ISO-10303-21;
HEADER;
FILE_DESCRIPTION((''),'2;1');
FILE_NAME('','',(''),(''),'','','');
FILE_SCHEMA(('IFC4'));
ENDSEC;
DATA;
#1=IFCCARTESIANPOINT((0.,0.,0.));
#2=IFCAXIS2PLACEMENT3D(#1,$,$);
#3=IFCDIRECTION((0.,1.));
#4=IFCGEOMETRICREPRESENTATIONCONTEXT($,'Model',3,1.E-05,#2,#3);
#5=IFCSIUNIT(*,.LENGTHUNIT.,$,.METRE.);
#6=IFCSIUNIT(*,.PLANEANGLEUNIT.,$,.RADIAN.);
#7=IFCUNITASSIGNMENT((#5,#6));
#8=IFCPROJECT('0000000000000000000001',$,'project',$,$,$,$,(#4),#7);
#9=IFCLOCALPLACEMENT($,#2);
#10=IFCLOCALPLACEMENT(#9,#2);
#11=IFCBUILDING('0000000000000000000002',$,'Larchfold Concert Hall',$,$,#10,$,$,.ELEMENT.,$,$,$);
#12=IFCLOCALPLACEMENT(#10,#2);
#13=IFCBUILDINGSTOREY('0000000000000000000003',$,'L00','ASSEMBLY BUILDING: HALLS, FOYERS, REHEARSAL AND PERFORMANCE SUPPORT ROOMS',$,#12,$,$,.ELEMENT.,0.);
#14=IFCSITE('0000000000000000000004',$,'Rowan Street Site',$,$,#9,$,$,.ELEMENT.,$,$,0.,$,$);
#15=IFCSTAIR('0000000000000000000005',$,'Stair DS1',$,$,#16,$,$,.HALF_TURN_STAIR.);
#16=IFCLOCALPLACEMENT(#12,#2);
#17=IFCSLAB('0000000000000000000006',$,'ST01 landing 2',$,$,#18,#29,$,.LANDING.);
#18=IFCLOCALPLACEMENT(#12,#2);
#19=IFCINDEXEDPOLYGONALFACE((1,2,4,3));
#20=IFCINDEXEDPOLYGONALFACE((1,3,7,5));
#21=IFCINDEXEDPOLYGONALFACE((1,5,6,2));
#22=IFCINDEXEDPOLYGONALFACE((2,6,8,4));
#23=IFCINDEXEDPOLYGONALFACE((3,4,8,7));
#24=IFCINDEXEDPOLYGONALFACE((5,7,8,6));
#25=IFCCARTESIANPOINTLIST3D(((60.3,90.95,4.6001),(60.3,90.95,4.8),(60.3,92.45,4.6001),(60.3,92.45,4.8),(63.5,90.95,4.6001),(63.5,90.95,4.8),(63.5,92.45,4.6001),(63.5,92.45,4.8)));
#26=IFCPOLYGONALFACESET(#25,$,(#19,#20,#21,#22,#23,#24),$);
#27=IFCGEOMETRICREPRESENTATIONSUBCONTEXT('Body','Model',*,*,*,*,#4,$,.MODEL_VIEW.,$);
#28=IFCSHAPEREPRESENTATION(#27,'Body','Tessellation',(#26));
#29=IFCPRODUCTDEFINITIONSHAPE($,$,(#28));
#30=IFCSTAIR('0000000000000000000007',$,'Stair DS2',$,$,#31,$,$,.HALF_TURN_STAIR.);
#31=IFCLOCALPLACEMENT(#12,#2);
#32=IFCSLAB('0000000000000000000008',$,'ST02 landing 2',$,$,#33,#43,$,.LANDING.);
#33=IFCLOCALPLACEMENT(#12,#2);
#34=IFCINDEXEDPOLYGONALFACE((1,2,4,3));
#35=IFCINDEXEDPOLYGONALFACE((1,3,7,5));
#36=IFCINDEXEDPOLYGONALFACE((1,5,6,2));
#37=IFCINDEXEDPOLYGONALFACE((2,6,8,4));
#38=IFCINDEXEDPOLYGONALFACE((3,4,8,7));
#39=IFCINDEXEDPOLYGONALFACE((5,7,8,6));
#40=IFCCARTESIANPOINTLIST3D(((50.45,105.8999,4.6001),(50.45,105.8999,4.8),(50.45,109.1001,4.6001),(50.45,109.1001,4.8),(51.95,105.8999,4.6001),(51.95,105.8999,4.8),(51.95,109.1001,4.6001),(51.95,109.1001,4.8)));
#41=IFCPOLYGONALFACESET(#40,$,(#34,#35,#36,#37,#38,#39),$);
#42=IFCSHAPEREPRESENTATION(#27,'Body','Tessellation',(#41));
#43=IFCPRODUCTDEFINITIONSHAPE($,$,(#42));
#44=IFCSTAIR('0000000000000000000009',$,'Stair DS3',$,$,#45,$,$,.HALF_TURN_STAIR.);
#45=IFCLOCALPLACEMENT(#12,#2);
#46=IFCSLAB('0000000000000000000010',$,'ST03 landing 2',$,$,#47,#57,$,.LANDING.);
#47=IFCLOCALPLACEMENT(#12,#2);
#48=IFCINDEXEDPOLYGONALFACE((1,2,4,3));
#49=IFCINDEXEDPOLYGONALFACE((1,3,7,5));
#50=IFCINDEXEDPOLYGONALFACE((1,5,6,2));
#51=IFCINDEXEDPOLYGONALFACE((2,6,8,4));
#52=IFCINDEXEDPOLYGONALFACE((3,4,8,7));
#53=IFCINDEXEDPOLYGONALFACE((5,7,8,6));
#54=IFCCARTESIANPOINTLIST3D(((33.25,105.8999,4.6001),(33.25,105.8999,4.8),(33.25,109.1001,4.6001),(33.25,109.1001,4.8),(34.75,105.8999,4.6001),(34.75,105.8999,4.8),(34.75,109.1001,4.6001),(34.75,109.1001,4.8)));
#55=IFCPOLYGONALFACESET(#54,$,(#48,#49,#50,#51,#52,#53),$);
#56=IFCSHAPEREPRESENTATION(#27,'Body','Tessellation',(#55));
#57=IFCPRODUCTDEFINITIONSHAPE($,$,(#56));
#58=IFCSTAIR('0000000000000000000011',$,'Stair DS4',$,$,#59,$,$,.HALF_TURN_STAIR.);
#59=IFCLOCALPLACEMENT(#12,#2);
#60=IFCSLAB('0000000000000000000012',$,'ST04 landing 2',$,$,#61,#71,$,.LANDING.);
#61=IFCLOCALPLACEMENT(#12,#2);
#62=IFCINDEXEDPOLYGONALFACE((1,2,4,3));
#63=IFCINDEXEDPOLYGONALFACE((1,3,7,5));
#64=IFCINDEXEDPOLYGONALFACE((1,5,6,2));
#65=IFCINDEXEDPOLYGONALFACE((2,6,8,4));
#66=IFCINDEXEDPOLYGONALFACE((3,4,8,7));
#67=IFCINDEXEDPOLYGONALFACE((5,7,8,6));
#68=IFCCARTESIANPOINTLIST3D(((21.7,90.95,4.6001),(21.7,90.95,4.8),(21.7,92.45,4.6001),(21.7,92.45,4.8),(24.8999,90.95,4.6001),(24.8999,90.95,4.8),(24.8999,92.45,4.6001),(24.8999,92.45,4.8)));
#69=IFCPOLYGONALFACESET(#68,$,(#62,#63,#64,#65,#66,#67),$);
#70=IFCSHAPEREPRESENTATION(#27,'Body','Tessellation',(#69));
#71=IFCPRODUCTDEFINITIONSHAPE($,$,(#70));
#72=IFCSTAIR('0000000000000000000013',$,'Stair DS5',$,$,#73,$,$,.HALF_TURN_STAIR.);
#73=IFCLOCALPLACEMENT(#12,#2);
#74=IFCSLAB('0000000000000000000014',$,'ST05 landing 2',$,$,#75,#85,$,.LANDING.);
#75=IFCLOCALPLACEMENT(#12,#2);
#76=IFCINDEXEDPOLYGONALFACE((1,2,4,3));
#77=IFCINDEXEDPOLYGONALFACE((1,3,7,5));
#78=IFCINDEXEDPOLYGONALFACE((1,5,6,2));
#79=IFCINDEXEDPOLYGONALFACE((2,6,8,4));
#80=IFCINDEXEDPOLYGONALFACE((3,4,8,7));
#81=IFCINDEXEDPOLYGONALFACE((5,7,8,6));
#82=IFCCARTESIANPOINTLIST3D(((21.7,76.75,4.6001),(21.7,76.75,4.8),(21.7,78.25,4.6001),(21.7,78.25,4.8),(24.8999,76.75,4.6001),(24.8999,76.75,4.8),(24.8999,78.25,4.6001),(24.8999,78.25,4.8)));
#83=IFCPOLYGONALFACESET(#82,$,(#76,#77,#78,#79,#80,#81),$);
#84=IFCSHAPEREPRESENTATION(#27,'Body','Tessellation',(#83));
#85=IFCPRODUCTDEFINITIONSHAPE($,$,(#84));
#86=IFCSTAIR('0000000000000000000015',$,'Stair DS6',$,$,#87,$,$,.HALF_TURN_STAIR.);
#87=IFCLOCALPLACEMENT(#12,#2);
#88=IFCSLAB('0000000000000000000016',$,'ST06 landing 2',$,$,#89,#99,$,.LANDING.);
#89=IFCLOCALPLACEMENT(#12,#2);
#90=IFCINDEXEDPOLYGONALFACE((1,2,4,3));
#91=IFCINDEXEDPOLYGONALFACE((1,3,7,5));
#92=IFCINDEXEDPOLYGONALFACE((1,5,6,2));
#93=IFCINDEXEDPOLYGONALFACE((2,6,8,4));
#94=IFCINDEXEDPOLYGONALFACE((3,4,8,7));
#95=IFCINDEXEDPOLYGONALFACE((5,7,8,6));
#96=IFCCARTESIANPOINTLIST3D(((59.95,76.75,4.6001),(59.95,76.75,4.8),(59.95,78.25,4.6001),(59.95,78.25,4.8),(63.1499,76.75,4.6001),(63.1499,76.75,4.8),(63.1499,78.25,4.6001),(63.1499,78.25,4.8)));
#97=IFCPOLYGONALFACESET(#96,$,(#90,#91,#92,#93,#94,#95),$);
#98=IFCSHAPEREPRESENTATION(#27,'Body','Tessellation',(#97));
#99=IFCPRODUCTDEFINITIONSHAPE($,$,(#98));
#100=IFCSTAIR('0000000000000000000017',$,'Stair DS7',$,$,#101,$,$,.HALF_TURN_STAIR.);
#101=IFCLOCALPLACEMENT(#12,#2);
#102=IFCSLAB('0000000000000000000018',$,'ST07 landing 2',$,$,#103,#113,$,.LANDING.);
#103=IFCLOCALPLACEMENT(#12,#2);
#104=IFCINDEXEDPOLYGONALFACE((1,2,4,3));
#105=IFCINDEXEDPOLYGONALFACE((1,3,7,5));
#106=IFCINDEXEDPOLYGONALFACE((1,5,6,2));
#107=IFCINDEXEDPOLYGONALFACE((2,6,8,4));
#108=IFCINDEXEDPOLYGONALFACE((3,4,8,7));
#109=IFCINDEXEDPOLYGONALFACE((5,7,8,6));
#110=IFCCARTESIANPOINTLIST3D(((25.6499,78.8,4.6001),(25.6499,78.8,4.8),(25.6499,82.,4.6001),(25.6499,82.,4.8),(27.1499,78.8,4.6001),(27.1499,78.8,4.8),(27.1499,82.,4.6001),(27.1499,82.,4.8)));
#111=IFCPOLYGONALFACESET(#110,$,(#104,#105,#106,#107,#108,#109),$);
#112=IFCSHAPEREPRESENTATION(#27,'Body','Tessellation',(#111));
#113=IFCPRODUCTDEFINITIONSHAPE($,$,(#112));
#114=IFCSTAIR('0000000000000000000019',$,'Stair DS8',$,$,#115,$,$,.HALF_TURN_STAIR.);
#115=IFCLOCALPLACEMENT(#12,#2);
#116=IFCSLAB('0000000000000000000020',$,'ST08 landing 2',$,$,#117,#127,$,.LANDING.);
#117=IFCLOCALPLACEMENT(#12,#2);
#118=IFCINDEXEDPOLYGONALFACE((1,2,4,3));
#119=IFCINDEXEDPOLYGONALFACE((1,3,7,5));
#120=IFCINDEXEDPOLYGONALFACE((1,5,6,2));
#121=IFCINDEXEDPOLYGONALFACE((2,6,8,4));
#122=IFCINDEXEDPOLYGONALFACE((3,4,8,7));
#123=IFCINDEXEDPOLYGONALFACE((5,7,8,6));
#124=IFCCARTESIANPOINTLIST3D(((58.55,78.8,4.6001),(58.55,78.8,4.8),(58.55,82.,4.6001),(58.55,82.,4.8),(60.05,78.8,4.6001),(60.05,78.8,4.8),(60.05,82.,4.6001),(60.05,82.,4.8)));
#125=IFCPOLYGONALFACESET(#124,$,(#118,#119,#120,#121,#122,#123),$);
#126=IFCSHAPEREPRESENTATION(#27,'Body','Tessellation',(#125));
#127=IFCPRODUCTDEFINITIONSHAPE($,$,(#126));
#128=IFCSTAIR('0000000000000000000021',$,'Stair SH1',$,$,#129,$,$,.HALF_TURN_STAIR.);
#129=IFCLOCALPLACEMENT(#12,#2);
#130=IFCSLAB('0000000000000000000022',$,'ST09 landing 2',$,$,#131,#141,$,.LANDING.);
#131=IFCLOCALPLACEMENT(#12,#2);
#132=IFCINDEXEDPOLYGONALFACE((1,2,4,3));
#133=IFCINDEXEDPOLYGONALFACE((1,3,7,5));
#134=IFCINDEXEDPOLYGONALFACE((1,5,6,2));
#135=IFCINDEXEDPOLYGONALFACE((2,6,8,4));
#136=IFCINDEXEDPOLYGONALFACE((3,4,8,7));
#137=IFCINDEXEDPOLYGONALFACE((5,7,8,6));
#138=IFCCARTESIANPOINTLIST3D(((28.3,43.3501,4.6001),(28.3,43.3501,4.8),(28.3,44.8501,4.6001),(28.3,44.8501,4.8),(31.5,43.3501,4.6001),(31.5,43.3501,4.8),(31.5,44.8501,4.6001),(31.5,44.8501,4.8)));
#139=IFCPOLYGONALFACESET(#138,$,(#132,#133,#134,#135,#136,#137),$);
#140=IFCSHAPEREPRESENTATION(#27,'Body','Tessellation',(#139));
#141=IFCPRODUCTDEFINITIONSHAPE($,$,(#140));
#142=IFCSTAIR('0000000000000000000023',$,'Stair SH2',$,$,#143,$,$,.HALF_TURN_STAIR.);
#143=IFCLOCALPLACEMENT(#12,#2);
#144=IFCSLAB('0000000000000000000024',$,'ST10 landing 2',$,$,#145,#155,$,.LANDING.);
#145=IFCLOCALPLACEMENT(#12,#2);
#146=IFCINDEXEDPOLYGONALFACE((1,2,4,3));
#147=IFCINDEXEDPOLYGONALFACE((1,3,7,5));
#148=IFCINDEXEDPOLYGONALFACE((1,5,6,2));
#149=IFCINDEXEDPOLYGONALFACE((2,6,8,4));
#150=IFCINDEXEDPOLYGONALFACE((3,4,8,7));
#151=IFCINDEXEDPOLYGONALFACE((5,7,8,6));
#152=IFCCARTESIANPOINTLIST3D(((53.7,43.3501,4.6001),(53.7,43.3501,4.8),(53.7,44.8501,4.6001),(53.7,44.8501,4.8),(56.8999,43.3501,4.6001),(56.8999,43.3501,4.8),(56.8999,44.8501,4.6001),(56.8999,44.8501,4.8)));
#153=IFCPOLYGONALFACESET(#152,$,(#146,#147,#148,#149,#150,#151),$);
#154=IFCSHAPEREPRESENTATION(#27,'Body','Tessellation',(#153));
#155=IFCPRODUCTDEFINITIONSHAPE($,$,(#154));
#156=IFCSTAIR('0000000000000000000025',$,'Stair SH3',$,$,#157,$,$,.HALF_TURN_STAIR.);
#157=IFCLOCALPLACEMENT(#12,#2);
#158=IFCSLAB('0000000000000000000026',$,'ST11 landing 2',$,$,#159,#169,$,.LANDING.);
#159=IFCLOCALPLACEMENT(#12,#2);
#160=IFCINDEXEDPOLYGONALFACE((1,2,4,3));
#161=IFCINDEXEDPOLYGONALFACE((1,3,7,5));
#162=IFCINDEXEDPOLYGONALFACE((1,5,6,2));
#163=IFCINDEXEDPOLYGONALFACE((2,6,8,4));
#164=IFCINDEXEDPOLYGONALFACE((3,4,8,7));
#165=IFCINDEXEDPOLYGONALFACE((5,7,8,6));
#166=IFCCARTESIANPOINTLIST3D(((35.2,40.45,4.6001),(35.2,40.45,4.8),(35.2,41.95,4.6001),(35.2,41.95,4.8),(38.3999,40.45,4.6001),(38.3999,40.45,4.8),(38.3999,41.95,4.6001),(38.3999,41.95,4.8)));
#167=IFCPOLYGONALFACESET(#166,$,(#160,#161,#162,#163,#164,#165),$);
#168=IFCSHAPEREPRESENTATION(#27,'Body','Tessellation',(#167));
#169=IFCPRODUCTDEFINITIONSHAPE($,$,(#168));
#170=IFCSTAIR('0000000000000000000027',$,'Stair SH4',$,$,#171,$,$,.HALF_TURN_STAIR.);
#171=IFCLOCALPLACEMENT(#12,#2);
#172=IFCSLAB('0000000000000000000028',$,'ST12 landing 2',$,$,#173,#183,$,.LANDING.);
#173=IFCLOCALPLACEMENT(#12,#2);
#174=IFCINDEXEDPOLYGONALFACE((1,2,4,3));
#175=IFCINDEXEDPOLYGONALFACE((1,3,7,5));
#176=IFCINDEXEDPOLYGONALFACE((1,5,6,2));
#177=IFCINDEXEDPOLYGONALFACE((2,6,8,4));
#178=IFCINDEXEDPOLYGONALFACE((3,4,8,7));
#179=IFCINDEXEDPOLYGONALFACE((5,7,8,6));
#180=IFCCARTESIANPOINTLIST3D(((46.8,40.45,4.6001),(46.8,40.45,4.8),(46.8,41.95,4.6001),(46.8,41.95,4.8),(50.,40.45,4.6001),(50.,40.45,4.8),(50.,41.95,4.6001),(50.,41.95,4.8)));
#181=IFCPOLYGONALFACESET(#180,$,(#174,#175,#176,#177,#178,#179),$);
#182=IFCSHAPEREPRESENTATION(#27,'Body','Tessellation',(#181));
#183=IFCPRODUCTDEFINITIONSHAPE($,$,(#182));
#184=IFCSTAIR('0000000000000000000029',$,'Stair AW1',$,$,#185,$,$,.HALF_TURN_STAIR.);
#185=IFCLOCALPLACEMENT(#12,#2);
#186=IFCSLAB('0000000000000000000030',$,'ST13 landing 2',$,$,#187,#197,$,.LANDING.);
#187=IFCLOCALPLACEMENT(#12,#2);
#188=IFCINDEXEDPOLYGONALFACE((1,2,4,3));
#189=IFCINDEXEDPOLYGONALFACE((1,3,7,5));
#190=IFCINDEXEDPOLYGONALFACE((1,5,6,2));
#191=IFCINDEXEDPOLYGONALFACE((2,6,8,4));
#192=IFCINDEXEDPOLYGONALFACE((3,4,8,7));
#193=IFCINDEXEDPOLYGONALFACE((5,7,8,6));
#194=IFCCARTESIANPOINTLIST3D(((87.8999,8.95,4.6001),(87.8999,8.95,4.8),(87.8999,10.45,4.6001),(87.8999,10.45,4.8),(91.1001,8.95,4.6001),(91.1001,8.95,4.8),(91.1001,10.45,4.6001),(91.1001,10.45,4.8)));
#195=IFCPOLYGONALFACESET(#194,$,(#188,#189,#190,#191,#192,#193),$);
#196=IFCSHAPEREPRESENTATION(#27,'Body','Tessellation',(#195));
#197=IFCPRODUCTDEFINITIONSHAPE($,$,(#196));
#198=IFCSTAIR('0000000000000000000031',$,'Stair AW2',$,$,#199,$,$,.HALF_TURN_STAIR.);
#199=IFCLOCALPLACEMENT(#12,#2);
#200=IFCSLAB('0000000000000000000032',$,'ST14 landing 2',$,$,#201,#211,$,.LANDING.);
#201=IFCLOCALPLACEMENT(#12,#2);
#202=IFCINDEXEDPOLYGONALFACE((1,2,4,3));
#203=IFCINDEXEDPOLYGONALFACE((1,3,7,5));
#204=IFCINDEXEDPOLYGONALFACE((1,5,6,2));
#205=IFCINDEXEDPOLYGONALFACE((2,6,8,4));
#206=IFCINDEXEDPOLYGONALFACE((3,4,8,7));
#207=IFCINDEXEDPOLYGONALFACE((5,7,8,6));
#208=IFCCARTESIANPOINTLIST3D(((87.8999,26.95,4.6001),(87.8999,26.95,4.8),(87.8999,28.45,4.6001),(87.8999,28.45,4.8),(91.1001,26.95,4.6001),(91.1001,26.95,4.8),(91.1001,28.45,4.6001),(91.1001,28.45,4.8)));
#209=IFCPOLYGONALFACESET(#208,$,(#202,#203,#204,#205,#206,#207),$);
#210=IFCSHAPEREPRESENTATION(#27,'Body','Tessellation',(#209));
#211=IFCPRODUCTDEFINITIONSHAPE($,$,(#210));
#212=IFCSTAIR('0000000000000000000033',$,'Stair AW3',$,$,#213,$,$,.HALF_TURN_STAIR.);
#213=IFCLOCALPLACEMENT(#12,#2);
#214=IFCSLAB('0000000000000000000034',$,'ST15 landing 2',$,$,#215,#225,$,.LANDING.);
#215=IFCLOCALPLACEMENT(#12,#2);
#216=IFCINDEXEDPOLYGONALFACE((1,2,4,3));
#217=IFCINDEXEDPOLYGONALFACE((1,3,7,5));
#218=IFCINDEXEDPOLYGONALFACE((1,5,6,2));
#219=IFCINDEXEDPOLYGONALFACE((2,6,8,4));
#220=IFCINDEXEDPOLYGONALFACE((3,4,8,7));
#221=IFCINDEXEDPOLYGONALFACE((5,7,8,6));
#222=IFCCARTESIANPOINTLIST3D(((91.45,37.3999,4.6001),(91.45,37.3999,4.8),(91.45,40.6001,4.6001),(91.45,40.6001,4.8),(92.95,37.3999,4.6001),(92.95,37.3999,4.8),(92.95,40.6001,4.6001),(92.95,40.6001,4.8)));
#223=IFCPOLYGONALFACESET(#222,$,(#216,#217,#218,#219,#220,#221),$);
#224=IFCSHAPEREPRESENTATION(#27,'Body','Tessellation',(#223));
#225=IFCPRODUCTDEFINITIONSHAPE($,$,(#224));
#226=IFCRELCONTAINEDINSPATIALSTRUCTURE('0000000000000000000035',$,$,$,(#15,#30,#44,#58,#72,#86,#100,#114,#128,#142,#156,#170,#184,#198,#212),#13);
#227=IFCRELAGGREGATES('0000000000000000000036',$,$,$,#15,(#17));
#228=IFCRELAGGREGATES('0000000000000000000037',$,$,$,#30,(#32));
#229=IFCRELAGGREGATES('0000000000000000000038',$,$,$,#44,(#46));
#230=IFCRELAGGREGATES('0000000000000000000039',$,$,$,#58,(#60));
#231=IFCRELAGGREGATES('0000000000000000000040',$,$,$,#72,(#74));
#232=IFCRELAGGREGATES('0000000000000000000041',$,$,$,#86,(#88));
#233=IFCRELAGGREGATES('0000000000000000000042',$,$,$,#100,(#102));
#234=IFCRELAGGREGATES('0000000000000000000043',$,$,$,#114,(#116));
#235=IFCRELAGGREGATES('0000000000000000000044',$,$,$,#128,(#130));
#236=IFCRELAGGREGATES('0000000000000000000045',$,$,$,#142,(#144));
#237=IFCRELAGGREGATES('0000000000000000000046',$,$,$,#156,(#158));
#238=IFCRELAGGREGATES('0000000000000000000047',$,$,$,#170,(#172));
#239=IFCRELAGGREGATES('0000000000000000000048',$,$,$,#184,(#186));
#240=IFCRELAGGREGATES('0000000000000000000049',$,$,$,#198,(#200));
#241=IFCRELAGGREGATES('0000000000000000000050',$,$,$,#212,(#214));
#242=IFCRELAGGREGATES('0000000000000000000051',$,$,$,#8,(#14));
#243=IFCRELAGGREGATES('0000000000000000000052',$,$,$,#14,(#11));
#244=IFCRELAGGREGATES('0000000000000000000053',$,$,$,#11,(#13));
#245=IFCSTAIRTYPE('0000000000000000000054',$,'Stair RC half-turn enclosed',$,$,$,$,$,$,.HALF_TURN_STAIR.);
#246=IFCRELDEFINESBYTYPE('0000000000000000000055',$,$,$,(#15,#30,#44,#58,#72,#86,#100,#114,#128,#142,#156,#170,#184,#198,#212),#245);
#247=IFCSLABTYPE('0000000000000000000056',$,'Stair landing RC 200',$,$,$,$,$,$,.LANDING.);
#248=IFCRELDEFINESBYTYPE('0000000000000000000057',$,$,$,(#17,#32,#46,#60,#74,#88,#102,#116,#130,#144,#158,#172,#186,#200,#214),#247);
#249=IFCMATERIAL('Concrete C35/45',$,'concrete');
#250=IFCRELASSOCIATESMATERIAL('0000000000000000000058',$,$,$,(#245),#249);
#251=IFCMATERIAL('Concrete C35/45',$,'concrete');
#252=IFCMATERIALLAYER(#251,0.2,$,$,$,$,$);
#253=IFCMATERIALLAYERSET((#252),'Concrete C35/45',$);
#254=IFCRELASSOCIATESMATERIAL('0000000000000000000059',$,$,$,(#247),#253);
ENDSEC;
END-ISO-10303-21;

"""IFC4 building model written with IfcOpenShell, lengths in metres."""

from ifc_helpers import new_model, si_unit, direction, frame, origin, place, context, subcontext, project, spatial, polyline, outline, extrude, material, layer, layer_set, type_object, element, aggregate, save


model = new_model("IFC4")

# Units and contexts
model_context = context("Model", 3, precision=1e-05, world=origin(), true_north=direction((0.0, 1.0)))
body_context = subcontext(model_context, "Body", "Model", "MODEL_VIEW")
ifc_project = project(units=[si_unit("LENGTHUNIT", "METRE"), si_unit("PLANEANGLEUNIT", "RADIAN")], contexts=[model_context])

# Site, building, storey
site_placement = place(None, origin())
site = spatial("IfcSite", under=ifc_project, at=site_placement, Name="Rowan Street Site", CompositionType="ELEMENT", RefElevation=0.0)
building_placement = place(site_placement, origin())
building = spatial("IfcBuilding", under=site, at=building_placement, Name="Larchfold Concert Hall", CompositionType="ELEMENT")
storey_placement = place(building_placement, origin())
storey = spatial("IfcBuildingStorey", under=building, at=storey_placement, Name="L00", Description="ASSEMBLY BUILDING: HALLS, FOYERS, REHEARSAL AND PERFORMANCE SUPPORT ROOMS", CompositionType="ELEMENT", Elevation=0.0)

# Stairs, slabs
ifc_material_1 = material(Name="Concrete C35/45", Category="concrete")
stair_type_1 = type_object("IfcStairType", Name="Stair RC half-turn enclosed", PredefinedType="HALF_TURN_STAIR", material=ifc_material_1)
stair_1_placement = place(storey_placement, origin())
stair_1 = element("IfcStair", 1, at=stair_1_placement, inside=storey, type_object=stair_type_1, Name="Stair DS1", PredefinedType="HALF_TURN_STAIR")
ifc_material_2 = material(Name="Concrete C35/45", Category="concrete")
ifc_layer_1 = layer(ifc_material_2, 0.2)
ifc_layer_set_1 = layer_set([ifc_layer_1], Name="Concrete C35/45")
slab_type = type_object("IfcSlabType", Name="Stair landing RC 200", PredefinedType="LANDING", material=ifc_layer_set_1)
slab_1_placement = place(storey_placement, frame((0.0, 0.0, 4.6001)))
slab_1 = element("IfcSlab", 2, at=slab_1_placement, type_object=slab_type, Name="ST01 landing 2", PredefinedType="LANDING", context=body_context, shape_type="SweptSolid", body=[
    extrude(outline(polyline([(63.5, 90.95), (63.5, 92.45), (60.3, 92.45), (60.3, 90.95), (63.5, 90.95)])), origin(), (0.0, 0.0, 1.0), 0.2),
])
aggregate(stair_1, [slab_1])
stair_2_placement = place(storey_placement, origin())
stair_2 = element("IfcStair", 3, at=stair_2_placement, inside=storey, type_object=stair_type_1, Name="Stair DS2", PredefinedType="HALF_TURN_STAIR")
slab_2_placement = place(storey_placement, frame((0.0, 0.0, 4.6001)))
slab_2 = element("IfcSlab", 4, at=slab_2_placement, type_object=slab_type, Name="ST02 landing 2", PredefinedType="LANDING", context=body_context, shape_type="SweptSolid", body=[
    extrude(outline(polyline([(50.45, 105.8999), (51.95, 105.8999), (51.95, 109.1001), (50.45, 109.1001), (50.45, 105.8999)])), origin(), (0.0, 0.0, 1.0), 0.2),
])
aggregate(stair_2, [slab_2])
stair_3_placement = place(storey_placement, origin())
stair_3 = element("IfcStair", 5, at=stair_3_placement, inside=storey, type_object=stair_type_1, Name="Stair DS3", PredefinedType="HALF_TURN_STAIR")
slab_3_placement = place(storey_placement, frame((0.0, 0.0, 4.6001)))
slab_3 = element("IfcSlab", 6, at=slab_3_placement, type_object=slab_type, Name="ST03 landing 2", PredefinedType="LANDING", context=body_context, shape_type="SweptSolid", body=[
    extrude(outline(polyline([(34.75, 109.1001), (33.25, 109.1001), (33.25, 105.8999), (34.75, 105.8999), (34.75, 109.1001)])), origin(), (0.0, 0.0, 1.0), 0.2),
])
aggregate(stair_3, [slab_3])
stair_4_placement = place(storey_placement, origin())
stair_4 = element("IfcStair", 7, at=stair_4_placement, inside=storey, type_object=stair_type_1, Name="Stair DS4", PredefinedType="HALF_TURN_STAIR")
slab_4_placement = place(storey_placement, frame((0.0, 0.0, 4.6001)))
slab_4 = element("IfcSlab", 8, at=slab_4_placement, type_object=slab_type, Name="ST04 landing 2", PredefinedType="LANDING", context=body_context, shape_type="SweptSolid", body=[
    extrude(outline(polyline([(24.8999, 90.95), (24.8999, 92.45), (21.7, 92.45), (21.7, 90.95), (24.8999, 90.95)])), origin(), (0.0, 0.0, 1.0), 0.2),
])
aggregate(stair_4, [slab_4])
stair_5_placement = place(storey_placement, origin())
stair_5 = element("IfcStair", 9, at=stair_5_placement, inside=storey, type_object=stair_type_1, Name="Stair DS5", PredefinedType="HALF_TURN_STAIR")
slab_5_placement = place(storey_placement, frame((0.0, 0.0, 4.6001)))
slab_5 = element("IfcSlab", 10, at=slab_5_placement, type_object=slab_type, Name="ST05 landing 2", PredefinedType="LANDING", context=body_context, shape_type="SweptSolid", body=[
    extrude(outline(polyline([(21.7, 78.25), (21.7, 76.75), (24.8999, 76.75), (24.8999, 78.25), (21.7, 78.25)])), origin(), (0.0, 0.0, 1.0), 0.2),
])
aggregate(stair_5, [slab_5])
stair_6_placement = place(storey_placement, origin())
stair_6 = element("IfcStair", 11, at=stair_6_placement, inside=storey, type_object=stair_type_1, Name="Stair DS6", PredefinedType="HALF_TURN_STAIR")
slab_6_placement = place(storey_placement, frame((0.0, 0.0, 4.6001)))
slab_6 = element("IfcSlab", 12, at=slab_6_placement, type_object=slab_type, Name="ST06 landing 2", PredefinedType="LANDING", context=body_context, shape_type="SweptSolid", body=[
    extrude(outline(polyline([(59.95, 78.25), (59.95, 76.75), (63.1499, 76.75), (63.1499, 78.25), (59.95, 78.25)])), origin(), (0.0, 0.0, 1.0), 0.2),
])
aggregate(stair_6, [slab_6])
stair_7_placement = place(storey_placement, origin())
stair_7 = element("IfcStair", 13, at=stair_7_placement, inside=storey, type_object=stair_type_1, Name="Stair DS7", PredefinedType="HALF_TURN_STAIR")
slab_7_placement = place(storey_placement, frame((0.0, 0.0, 4.6001)))
slab_7 = element("IfcSlab", 14, at=slab_7_placement, type_object=slab_type, Name="ST07 landing 2", PredefinedType="LANDING", context=body_context, shape_type="SweptSolid", body=[
    extrude(outline(polyline([(27.1499, 82.0), (25.6499, 82.0), (25.6499, 78.8), (27.1499, 78.8), (27.1499, 82.0)])), origin(), (0.0, 0.0, 1.0), 0.2),
])
aggregate(stair_7, [slab_7])
stair_8_placement = place(storey_placement, origin())
stair_8 = element("IfcStair", 15, at=stair_8_placement, inside=storey, type_object=stair_type_1, Name="Stair DS8", PredefinedType="HALF_TURN_STAIR")
slab_8_placement = place(storey_placement, frame((0.0, 0.0, 4.6001)))
slab_8 = element("IfcSlab", 16, at=slab_8_placement, type_object=slab_type, Name="ST08 landing 2", PredefinedType="LANDING", context=body_context, shape_type="SweptSolid", body=[
    extrude(outline(polyline([(58.55, 78.8), (60.05, 78.8), (60.05, 82.0), (58.55, 82.0), (58.55, 78.8)])), origin(), (0.0, 0.0, 1.0), 0.2),
])
aggregate(stair_8, [slab_8])
stair_9_placement = place(storey_placement, origin())
stair_9 = element("IfcStair", 17, at=stair_9_placement, inside=storey, type_object=stair_type_1, Name="Stair SH1", PredefinedType="HALF_TURN_STAIR")
slab_9_placement = place(storey_placement, frame((0.0, 0.0, 4.6001)))
slab_9 = element("IfcSlab", 18, at=slab_9_placement, type_object=slab_type, Name="ST09 landing 2", PredefinedType="LANDING", context=body_context, shape_type="SweptSolid", body=[
    extrude(outline(polyline([(31.5, 43.3501), (31.5, 44.8501), (28.3, 44.8501), (28.3, 43.3501), (31.5, 43.3501)])), origin(), (0.0, 0.0, 1.0), 0.2),
])
aggregate(stair_9, [slab_9])
stair_10_placement = place(storey_placement, origin())
stair_10 = element("IfcStair", 19, at=stair_10_placement, inside=storey, type_object=stair_type_1, Name="Stair SH2", PredefinedType="HALF_TURN_STAIR")
slab_10_placement = place(storey_placement, frame((0.0, 0.0, 4.6001)))
slab_10 = element("IfcSlab", 20, at=slab_10_placement, type_object=slab_type, Name="ST10 landing 2", PredefinedType="LANDING", context=body_context, shape_type="SweptSolid", body=[
    extrude(outline(polyline([(56.8999, 43.3501), (56.8999, 44.8501), (53.7, 44.8501), (53.7, 43.3501), (56.8999, 43.3501)])), origin(), (0.0, 0.0, 1.0), 0.2),
])
aggregate(stair_10, [slab_10])
stair_11_placement = place(storey_placement, origin())
stair_11 = element("IfcStair", 21, at=stair_11_placement, inside=storey, type_object=stair_type_1, Name="Stair SH3", PredefinedType="HALF_TURN_STAIR")
slab_11_placement = place(storey_placement, frame((0.0, 0.0, 4.6001)))
slab_11 = element("IfcSlab", 22, at=slab_11_placement, type_object=slab_type, Name="ST11 landing 2", PredefinedType="LANDING", context=body_context, shape_type="SweptSolid", body=[
    extrude(outline(polyline([(35.2, 41.95), (35.2, 40.45), (38.3999, 40.45), (38.3999, 41.95), (35.2, 41.95)])), origin(), (0.0, 0.0, 1.0), 0.2),
])
aggregate(stair_11, [slab_11])
stair_12_placement = place(storey_placement, origin())
stair_12 = element("IfcStair", 23, at=stair_12_placement, inside=storey, type_object=stair_type_1, Name="Stair SH4", PredefinedType="HALF_TURN_STAIR")
slab_12_placement = place(storey_placement, frame((0.0, 0.0, 4.6001)))
slab_12 = element("IfcSlab", 24, at=slab_12_placement, type_object=slab_type, Name="ST12 landing 2", PredefinedType="LANDING", context=body_context, shape_type="SweptSolid", body=[
    extrude(outline(polyline([(46.8, 41.95), (46.8, 40.45), (50.0, 40.45), (50.0, 41.95), (46.8, 41.95)])), origin(), (0.0, 0.0, 1.0), 0.2),
])
aggregate(stair_12, [slab_12])
stair_13_placement = place(storey_placement, origin())
stair_13 = element("IfcStair", 25, at=stair_13_placement, inside=storey, type_object=stair_type_1, Name="Stair AW1", PredefinedType="HALF_TURN_STAIR")
slab_13_placement = place(storey_placement, frame((0.0, 0.0, 4.6001)))
slab_13 = element("IfcSlab", 26, at=slab_13_placement, type_object=slab_type, Name="ST13 landing 2", PredefinedType="LANDING", context=body_context, shape_type="SweptSolid", body=[
    extrude(outline(polyline([(87.8999, 10.45), (87.8999, 8.95), (91.1001, 8.95), (91.1001, 10.45), (87.8999, 10.45)])), origin(), (0.0, 0.0, 1.0), 0.2),
])
aggregate(stair_13, [slab_13])
stair_14_placement = place(storey_placement, origin())
stair_14 = element("IfcStair", 27, at=stair_14_placement, inside=storey, type_object=stair_type_1, Name="Stair AW2", PredefinedType="HALF_TURN_STAIR")
slab_14_placement = place(storey_placement, frame((0.0, 0.0, 4.6001)))
slab_14 = element("IfcSlab", 28, at=slab_14_placement, type_object=slab_type, Name="ST14 landing 2", PredefinedType="LANDING", context=body_context, shape_type="SweptSolid", body=[
    extrude(outline(polyline([(87.8999, 28.45), (87.8999, 26.95), (91.1001, 26.95), (91.1001, 28.45), (87.8999, 28.45)])), origin(), (0.0, 0.0, 1.0), 0.2),
])
aggregate(stair_14, [slab_14])
stair_15_placement = place(storey_placement, origin())
stair_15 = element("IfcStair", 29, at=stair_15_placement, inside=storey, type_object=stair_type_1, Name="Stair AW3", PredefinedType="HALF_TURN_STAIR")
slab_15_placement = place(storey_placement, frame((0.0, 0.0, 4.6001)))
slab_15 = element("IfcSlab", 30, at=slab_15_placement, type_object=slab_type, Name="ST15 landing 2", PredefinedType="LANDING", context=body_context, shape_type="SweptSolid", body=[
    extrude(outline(polyline([(92.95, 40.6001), (91.45, 40.6001), (91.45, 37.3999), (92.95, 37.3999), (92.95, 40.6001)])), origin(), (0.0, 0.0, 1.0), 0.2),
])
aggregate(stair_15, [slab_15])

save(model, "model.ifc")
